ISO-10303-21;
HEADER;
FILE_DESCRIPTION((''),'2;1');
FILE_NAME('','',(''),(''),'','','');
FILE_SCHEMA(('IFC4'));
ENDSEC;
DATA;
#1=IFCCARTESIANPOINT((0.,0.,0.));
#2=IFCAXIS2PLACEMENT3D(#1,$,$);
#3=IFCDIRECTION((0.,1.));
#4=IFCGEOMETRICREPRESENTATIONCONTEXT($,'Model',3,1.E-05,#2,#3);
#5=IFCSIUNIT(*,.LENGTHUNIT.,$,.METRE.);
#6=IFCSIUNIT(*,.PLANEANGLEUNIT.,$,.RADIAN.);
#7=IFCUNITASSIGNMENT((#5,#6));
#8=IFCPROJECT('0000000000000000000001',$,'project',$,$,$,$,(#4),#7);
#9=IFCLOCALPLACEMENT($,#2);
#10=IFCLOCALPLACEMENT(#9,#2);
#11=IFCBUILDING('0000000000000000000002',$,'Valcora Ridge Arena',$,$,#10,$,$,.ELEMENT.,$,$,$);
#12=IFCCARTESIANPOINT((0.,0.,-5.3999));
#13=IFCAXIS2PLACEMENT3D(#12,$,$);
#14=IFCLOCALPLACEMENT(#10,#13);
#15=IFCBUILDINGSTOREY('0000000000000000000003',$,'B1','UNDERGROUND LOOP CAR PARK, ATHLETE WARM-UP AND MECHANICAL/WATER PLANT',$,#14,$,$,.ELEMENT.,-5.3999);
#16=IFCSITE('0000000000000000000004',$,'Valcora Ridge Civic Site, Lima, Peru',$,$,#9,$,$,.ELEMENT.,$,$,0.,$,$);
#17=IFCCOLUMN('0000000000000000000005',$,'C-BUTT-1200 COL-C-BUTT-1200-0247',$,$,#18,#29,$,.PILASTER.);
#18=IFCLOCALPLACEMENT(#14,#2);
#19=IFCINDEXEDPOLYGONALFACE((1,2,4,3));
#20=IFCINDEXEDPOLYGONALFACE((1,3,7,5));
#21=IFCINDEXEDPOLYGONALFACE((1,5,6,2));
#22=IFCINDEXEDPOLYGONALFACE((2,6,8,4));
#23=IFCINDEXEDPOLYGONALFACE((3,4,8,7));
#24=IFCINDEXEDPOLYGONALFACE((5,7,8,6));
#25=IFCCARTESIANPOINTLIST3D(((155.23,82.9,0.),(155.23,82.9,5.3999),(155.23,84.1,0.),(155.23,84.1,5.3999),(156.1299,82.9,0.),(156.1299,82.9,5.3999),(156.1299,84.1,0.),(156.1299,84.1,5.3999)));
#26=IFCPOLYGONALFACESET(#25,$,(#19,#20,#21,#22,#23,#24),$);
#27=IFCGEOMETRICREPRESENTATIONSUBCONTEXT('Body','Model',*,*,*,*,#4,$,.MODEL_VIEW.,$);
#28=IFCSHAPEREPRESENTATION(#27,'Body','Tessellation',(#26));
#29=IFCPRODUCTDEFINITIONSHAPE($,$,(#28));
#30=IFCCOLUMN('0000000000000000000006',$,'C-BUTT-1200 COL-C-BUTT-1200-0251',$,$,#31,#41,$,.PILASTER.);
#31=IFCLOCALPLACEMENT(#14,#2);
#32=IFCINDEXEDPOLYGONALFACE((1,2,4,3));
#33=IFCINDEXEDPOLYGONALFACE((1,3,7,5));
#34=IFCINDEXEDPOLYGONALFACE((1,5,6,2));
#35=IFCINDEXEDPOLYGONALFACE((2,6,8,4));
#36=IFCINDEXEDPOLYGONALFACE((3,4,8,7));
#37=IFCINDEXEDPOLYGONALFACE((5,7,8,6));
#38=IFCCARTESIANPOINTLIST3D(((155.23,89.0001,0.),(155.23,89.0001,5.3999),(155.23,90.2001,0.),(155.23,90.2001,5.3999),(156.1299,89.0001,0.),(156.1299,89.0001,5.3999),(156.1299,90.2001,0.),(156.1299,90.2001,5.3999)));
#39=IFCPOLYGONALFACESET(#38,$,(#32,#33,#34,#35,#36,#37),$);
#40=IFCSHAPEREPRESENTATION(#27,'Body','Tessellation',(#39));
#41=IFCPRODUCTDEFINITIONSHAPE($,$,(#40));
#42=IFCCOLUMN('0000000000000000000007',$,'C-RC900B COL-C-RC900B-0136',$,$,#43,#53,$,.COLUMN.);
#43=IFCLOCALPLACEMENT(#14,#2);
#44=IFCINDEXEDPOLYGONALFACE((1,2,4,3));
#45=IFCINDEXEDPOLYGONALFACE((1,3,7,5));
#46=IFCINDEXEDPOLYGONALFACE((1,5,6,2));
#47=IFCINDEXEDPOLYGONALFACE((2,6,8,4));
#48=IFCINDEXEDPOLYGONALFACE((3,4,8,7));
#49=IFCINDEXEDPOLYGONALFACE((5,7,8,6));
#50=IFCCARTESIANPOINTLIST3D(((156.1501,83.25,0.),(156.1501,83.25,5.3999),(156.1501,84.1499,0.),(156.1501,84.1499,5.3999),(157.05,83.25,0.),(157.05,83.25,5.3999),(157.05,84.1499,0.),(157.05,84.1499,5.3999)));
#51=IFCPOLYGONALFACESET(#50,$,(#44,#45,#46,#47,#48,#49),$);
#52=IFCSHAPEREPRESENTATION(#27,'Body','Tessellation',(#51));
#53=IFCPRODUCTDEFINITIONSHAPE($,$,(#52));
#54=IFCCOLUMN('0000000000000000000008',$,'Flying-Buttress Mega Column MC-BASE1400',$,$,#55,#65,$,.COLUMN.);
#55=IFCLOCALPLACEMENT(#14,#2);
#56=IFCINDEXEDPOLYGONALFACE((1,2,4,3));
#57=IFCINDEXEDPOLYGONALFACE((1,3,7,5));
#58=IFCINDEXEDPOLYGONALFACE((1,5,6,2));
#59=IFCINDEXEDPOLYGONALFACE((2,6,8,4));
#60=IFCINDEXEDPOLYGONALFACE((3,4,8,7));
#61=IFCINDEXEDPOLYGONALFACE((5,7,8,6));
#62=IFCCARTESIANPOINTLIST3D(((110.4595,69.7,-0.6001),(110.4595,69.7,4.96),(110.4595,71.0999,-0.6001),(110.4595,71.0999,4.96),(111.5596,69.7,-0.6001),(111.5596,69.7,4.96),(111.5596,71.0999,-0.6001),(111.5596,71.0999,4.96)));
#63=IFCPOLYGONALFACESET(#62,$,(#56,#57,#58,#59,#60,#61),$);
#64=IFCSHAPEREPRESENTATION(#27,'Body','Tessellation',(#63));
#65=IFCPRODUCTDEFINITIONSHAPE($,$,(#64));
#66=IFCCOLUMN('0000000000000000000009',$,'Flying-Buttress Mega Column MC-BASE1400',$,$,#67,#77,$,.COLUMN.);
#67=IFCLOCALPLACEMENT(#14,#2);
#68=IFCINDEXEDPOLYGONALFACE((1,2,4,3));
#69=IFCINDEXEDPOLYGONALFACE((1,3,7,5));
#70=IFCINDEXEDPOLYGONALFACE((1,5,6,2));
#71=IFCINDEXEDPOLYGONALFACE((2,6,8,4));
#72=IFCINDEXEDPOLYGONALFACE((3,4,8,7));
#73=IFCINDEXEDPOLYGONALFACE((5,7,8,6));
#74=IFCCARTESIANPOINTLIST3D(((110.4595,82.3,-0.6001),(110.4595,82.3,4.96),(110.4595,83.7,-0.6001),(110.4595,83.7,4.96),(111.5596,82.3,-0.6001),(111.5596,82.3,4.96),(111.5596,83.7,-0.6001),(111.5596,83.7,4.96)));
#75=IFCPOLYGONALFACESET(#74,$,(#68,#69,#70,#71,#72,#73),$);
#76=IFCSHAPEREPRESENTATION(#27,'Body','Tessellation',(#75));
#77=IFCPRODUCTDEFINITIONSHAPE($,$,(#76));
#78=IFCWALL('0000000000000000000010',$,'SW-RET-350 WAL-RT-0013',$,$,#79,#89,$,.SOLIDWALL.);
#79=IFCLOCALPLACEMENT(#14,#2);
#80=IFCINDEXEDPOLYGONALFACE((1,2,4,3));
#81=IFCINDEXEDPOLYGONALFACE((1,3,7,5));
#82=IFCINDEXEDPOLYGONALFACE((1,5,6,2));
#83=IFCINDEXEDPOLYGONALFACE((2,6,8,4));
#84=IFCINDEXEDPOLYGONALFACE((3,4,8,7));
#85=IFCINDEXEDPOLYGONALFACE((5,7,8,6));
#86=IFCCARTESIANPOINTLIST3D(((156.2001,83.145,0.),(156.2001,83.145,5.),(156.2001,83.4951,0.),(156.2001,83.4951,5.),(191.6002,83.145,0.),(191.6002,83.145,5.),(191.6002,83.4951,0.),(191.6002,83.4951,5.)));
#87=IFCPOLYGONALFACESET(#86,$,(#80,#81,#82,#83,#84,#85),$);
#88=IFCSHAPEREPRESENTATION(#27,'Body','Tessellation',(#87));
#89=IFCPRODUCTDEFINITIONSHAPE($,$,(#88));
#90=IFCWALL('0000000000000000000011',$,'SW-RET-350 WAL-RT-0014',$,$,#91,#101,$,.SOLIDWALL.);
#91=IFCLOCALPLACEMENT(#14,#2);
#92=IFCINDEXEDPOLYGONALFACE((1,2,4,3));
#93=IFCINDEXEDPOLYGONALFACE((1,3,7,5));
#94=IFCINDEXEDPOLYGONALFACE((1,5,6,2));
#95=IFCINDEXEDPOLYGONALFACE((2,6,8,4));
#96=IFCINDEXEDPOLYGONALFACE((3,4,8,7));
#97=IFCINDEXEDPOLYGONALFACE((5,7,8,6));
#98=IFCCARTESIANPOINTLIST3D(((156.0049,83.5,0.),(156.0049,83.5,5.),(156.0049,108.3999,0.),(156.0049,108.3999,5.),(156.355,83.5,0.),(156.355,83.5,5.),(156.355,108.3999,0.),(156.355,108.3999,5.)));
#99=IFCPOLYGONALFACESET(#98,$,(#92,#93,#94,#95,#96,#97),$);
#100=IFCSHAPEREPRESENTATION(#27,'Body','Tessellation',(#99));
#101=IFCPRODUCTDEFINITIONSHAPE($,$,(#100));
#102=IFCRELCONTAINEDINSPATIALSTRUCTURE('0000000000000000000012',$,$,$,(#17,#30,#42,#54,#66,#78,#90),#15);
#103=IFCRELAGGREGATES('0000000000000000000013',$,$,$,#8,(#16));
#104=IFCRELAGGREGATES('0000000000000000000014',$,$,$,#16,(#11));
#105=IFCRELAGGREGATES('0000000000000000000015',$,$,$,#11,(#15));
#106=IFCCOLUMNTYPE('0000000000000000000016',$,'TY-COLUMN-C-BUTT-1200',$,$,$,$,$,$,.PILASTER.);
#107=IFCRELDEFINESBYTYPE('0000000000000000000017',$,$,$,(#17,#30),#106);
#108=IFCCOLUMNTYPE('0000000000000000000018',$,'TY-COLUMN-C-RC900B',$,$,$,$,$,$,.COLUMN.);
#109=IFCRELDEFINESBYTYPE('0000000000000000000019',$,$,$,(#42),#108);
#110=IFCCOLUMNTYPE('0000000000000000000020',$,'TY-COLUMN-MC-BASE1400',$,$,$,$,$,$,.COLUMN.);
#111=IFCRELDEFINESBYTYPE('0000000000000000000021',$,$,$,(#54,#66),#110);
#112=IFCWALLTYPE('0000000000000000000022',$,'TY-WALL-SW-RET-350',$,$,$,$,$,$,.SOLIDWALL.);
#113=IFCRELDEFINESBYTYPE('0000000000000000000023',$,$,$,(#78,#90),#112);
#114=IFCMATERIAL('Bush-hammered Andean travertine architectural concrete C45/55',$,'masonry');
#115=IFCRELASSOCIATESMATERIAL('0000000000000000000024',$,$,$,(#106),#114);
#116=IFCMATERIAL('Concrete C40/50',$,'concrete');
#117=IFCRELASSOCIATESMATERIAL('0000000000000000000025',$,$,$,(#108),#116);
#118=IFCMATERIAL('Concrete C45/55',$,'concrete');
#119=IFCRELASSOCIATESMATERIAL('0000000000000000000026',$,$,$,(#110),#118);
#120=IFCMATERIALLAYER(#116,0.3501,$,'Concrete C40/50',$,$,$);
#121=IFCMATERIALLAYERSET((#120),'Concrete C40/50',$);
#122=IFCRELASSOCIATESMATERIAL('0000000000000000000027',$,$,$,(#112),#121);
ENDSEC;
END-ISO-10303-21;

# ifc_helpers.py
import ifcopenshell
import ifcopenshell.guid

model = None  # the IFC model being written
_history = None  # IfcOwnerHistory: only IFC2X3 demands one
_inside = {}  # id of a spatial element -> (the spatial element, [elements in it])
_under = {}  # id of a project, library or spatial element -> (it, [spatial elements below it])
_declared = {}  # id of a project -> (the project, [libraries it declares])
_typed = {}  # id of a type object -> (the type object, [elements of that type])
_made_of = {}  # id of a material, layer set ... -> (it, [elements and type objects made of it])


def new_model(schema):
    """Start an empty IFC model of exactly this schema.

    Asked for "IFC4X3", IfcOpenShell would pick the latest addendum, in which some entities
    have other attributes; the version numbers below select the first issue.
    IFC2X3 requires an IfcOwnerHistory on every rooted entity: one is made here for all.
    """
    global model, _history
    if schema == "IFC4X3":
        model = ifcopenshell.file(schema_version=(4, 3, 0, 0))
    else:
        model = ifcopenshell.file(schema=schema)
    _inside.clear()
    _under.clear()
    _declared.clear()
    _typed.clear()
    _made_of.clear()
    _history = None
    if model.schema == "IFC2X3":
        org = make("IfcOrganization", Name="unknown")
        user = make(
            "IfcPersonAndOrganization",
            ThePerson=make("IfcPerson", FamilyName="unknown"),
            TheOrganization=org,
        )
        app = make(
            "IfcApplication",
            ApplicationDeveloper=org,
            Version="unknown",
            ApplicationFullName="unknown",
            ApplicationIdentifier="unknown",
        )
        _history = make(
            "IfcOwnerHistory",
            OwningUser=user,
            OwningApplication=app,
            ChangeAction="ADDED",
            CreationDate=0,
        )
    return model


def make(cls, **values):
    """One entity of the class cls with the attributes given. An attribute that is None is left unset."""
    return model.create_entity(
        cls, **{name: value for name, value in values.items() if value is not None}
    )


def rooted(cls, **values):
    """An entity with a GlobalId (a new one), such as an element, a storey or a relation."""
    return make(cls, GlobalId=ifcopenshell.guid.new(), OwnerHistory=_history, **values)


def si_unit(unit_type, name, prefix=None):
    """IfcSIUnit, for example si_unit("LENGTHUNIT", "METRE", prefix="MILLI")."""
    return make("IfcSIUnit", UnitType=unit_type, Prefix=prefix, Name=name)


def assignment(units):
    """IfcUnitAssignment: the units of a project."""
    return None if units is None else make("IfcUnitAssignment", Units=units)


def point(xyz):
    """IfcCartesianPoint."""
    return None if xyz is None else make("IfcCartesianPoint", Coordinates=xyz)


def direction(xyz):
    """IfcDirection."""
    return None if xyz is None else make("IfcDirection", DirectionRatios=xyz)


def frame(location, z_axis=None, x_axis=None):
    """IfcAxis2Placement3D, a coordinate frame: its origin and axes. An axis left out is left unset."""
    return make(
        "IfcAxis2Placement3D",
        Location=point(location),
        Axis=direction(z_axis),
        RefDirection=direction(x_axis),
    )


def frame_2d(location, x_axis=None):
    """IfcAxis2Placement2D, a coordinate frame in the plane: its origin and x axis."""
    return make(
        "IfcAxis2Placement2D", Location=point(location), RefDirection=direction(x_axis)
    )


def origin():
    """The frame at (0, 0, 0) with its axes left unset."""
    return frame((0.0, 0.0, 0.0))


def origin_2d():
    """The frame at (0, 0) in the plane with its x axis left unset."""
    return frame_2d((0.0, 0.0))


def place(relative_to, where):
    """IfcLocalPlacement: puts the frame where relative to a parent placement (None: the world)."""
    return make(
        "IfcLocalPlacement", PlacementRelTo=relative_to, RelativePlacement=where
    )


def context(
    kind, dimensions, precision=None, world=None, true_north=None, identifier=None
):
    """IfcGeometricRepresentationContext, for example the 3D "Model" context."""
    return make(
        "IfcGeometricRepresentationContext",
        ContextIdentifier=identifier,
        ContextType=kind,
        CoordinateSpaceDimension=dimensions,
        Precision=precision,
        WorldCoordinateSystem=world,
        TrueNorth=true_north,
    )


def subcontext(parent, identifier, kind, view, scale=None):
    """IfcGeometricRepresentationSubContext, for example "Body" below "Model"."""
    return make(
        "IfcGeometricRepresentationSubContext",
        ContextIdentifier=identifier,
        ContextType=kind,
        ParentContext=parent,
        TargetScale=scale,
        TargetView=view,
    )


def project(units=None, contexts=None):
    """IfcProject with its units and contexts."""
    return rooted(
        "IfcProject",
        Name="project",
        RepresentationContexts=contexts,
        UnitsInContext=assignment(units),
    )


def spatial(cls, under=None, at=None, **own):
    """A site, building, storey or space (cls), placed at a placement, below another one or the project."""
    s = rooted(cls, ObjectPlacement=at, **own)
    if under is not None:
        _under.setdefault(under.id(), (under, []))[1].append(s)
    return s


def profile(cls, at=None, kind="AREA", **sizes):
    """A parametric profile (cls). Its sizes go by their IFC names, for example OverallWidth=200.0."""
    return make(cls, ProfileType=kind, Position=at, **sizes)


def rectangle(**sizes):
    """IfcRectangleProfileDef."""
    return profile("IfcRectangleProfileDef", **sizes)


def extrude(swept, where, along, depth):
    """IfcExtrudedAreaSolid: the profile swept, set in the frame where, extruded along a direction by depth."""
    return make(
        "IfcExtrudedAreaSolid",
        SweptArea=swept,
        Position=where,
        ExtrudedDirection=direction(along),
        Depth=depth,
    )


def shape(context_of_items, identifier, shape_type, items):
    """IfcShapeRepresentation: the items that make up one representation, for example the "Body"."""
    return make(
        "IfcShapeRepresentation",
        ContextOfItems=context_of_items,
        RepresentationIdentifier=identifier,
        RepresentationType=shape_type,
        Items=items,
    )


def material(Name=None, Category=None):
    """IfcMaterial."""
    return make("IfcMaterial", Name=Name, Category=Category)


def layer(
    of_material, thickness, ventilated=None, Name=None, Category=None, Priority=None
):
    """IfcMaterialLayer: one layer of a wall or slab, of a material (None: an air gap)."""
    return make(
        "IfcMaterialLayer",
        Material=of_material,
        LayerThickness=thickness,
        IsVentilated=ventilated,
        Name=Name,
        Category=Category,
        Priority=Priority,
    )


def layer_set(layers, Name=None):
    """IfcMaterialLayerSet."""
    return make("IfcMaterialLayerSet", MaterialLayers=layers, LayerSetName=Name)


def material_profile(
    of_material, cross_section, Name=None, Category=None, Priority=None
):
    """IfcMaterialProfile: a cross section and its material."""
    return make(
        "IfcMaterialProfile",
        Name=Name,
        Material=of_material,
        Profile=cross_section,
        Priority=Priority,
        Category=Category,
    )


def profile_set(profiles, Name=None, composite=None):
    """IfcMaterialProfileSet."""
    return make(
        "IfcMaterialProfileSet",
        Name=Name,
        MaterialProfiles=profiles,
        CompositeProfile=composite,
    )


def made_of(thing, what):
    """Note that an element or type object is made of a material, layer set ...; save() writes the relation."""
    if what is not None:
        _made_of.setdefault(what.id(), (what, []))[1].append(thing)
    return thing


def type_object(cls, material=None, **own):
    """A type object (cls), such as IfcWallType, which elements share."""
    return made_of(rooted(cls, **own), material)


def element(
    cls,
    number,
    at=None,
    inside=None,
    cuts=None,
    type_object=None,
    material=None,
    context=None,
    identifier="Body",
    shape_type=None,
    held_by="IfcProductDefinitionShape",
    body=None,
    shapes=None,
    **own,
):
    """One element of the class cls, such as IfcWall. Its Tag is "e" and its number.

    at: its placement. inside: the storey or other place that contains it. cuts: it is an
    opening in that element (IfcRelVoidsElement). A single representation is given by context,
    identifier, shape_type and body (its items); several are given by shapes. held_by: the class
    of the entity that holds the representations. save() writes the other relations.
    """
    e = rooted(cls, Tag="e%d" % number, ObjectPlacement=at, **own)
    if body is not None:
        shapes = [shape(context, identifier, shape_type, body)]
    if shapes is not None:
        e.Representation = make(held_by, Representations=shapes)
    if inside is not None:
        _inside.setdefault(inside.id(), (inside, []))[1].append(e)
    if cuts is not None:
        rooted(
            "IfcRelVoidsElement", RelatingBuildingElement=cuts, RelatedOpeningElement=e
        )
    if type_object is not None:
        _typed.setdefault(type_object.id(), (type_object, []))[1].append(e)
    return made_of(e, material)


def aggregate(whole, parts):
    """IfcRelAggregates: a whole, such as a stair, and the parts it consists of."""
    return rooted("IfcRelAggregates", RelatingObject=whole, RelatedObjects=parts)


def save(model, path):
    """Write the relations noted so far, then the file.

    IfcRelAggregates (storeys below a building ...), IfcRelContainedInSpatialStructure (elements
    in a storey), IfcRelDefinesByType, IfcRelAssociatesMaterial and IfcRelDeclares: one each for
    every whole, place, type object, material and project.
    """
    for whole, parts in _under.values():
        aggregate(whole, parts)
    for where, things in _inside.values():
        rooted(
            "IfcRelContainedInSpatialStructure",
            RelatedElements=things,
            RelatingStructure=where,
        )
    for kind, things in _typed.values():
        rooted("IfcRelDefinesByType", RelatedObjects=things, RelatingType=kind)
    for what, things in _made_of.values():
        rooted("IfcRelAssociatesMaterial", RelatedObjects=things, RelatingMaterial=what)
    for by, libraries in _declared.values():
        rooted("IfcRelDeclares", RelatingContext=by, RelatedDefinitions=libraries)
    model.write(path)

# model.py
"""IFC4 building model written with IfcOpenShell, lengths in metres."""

from ifc_helpers import new_model, si_unit, direction, frame, frame_2d, origin, origin_2d, place, context, subcontext, project, spatial, rectangle, extrude, material, layer, layer_set, material_profile, profile_set, type_object, element, save


model = new_model("IFC4")

# Units and contexts
model_context = context("Model", 3, precision=1e-05, world=origin(), true_north=direction((0.0, 1.0)))
body_context = subcontext(model_context, "Body", "Model", "MODEL_VIEW")
ifc_project = project(units=[si_unit("LENGTHUNIT", "METRE"), si_unit("PLANEANGLEUNIT", "RADIAN")], contexts=[model_context])

# Site, building, storey
site_placement = place(None, origin())
site = spatial("IfcSite", under=ifc_project, at=site_placement, Name="Valcora Ridge Civic Site, Lima, Peru", CompositionType="ELEMENT", RefElevation=0.0)
building_placement = place(site_placement, origin())
building = spatial("IfcBuilding", under=site, at=building_placement, Name="Valcora Ridge Arena", CompositionType="ELEMENT")
storey_placement = place(building_placement, frame((0.0, 0.0, -5.3999)))
storey = spatial("IfcBuildingStorey", under=building, at=storey_placement, Name="B1", Description="UNDERGROUND LOOP CAR PARK, ATHLETE WARM-UP AND MECHANICAL/WATER PLANT", CompositionType="ELEMENT", Elevation=-5.3999)

# Shared definitions
ifc_material_1 = material(Name="Concrete C40/50", Category="concrete")

# Columns
ifc_material_2 = material(Name="Bush-hammered Andean travertine architectural concrete C45/55", Category="masonry")
ifc_material_profile_1 = material_profile(ifc_material_2, rectangle(XDim=0.8999, YDim=1.2, at=origin_2d()), Name="RC 900x1200")
ifc_profile_set_1 = profile_set([ifc_material_profile_1], Name="Bush-hammered Andean travertine architectural concrete C45/55")
column_type_1 = type_object("IfcColumnType", Name="TY-COLUMN-C-BUTT-1200", PredefinedType="PILASTER", material=ifc_profile_set_1)
for number, where, z_axis, x_axis, name in (
    (1, (155.6799, 83.5, 0.0), (0.0, 0.0, 1.0), (1.0, 0.0, 0.0), "C-BUTT-1200 COL-C-BUTT-1200-0247"),
    (2, (155.6799, 89.6001, 0.0), (0.0, 0.0, 1.0), (1.0, 0.0, 0.0), "C-BUTT-1200 COL-C-BUTT-1200-0251"),
):
    element("IfcColumn", number, at=place(storey_placement, frame(where, z_axis=z_axis, x_axis=x_axis)), inside=storey, type_object=column_type_1, Name=name, PredefinedType="PILASTER", context=body_context, shape_type="SweptSolid", body=[
        extrude(rectangle(XDim=0.8999, YDim=1.2, at=origin_2d()), origin(), (0.0, 0.0, 1.0), 5.3999),
    ])
ifc_material_profile_2 = material_profile(ifc_material_1, rectangle(XDim=0.8999, YDim=0.8999, at=origin_2d()), Name="RC 900x900")
ifc_profile_set_2 = profile_set([ifc_material_profile_2], Name="Concrete C40/50")
column_type_2 = type_object("IfcColumnType", Name="TY-COLUMN-C-RC900B", PredefinedType="COLUMN", material=ifc_profile_set_2)
column_placement = place(storey_placement, frame((156.6001, 83.7, 0.0), z_axis=(0.0, 0.0, 1.0), x_axis=(1.0, 0.0, 0.0)))
element("IfcColumn", 3, at=column_placement, inside=storey, type_object=column_type_2, Name="C-RC900B COL-C-RC900B-0136", PredefinedType="COLUMN", context=body_context, shape_type="SweptSolid", body=[
    extrude(rectangle(XDim=0.8999, YDim=0.8999, at=origin_2d()), origin(), (0.0, 0.0, 1.0), 5.3999),
])
ifc_material_3 = material(Name="Concrete C45/55", Category="concrete")
ifc_material_profile_3 = material_profile(ifc_material_3, rectangle(XDim=1.1001, YDim=1.3999, at=origin_2d()), Name="RC 1100x1400")
ifc_profile_set_3 = profile_set([ifc_material_profile_3], Name="Concrete C45/55")
column_type_3 = type_object("IfcColumnType", Name="TY-COLUMN-MC-BASE1400", PredefinedType="COLUMN", material=ifc_profile_set_3)
for number, where, z_axis, x_axis, name in (
    (4, (111.0095, 70.3999, -0.6001), (0.0, 0.0, 1.0), (1.0, 0.0, 0.0), "Flying-Buttress Mega Column MC-BASE1400"),
    (5, (111.0095, 83.0, -0.6001), (0.0, 0.0, 1.0), (1.0, 0.0, 0.0), "Flying-Buttress Mega Column MC-BASE1400"),
):
    element("IfcColumn", number, at=place(storey_placement, frame(where, z_axis=z_axis, x_axis=x_axis)), inside=storey, type_object=column_type_3, Name=name, PredefinedType="COLUMN", context=body_context, shape_type="SweptSolid", body=[
        extrude(rectangle(XDim=1.1001, YDim=1.3999, at=origin_2d()), origin(), (0.0, 0.0, 1.0), 5.5601),
    ])

# Walls
ifc_layer_1 = layer(ifc_material_1, 0.3501, Name="Concrete C40/50")
ifc_layer_set_1 = layer_set([ifc_layer_1], Name="Concrete C40/50")
wall_type = type_object("IfcWallType", Name="TY-WALL-SW-RET-350", PredefinedType="SOLIDWALL", material=ifc_layer_set_1)
wall_1_placement = place(storey_placement, frame((156.2, 83.3201, 0.0), z_axis=(0.0, 0.0, 1.0), x_axis=(1.0, 0.0, 0.0)))
element("IfcWall", 6, at=wall_1_placement, inside=storey, type_object=wall_type, Name="SW-RET-350 WAL-RT-0013", PredefinedType="SOLIDWALL", context=body_context, shape_type="SweptSolid", body=[
    extrude(rectangle(XDim=35.4001, YDim=0.3501, at=frame_2d((17.7002, 0.0))), origin(), (0.0, 0.0, 1.0), 5.0),
])
wall_2_placement = place(storey_placement, frame((156.1799, 83.5, 0.0), z_axis=(0.0, 0.0, 1.0), x_axis=(0.0, 1.0, 0.0)))
element("IfcWall", 7, at=wall_2_placement, inside=storey, type_object=wall_type, Name="SW-RET-350 WAL-RT-0014", PredefinedType="SOLIDWALL", context=body_context, shape_type="SweptSolid", body=[
    extrude(rectangle(XDim=24.8999, YDim=0.3501, at=frame_2d((12.45, 0.0))), origin(), (0.0, 0.0, 1.0), 5.0),
])

save(model, "model.ifc")
